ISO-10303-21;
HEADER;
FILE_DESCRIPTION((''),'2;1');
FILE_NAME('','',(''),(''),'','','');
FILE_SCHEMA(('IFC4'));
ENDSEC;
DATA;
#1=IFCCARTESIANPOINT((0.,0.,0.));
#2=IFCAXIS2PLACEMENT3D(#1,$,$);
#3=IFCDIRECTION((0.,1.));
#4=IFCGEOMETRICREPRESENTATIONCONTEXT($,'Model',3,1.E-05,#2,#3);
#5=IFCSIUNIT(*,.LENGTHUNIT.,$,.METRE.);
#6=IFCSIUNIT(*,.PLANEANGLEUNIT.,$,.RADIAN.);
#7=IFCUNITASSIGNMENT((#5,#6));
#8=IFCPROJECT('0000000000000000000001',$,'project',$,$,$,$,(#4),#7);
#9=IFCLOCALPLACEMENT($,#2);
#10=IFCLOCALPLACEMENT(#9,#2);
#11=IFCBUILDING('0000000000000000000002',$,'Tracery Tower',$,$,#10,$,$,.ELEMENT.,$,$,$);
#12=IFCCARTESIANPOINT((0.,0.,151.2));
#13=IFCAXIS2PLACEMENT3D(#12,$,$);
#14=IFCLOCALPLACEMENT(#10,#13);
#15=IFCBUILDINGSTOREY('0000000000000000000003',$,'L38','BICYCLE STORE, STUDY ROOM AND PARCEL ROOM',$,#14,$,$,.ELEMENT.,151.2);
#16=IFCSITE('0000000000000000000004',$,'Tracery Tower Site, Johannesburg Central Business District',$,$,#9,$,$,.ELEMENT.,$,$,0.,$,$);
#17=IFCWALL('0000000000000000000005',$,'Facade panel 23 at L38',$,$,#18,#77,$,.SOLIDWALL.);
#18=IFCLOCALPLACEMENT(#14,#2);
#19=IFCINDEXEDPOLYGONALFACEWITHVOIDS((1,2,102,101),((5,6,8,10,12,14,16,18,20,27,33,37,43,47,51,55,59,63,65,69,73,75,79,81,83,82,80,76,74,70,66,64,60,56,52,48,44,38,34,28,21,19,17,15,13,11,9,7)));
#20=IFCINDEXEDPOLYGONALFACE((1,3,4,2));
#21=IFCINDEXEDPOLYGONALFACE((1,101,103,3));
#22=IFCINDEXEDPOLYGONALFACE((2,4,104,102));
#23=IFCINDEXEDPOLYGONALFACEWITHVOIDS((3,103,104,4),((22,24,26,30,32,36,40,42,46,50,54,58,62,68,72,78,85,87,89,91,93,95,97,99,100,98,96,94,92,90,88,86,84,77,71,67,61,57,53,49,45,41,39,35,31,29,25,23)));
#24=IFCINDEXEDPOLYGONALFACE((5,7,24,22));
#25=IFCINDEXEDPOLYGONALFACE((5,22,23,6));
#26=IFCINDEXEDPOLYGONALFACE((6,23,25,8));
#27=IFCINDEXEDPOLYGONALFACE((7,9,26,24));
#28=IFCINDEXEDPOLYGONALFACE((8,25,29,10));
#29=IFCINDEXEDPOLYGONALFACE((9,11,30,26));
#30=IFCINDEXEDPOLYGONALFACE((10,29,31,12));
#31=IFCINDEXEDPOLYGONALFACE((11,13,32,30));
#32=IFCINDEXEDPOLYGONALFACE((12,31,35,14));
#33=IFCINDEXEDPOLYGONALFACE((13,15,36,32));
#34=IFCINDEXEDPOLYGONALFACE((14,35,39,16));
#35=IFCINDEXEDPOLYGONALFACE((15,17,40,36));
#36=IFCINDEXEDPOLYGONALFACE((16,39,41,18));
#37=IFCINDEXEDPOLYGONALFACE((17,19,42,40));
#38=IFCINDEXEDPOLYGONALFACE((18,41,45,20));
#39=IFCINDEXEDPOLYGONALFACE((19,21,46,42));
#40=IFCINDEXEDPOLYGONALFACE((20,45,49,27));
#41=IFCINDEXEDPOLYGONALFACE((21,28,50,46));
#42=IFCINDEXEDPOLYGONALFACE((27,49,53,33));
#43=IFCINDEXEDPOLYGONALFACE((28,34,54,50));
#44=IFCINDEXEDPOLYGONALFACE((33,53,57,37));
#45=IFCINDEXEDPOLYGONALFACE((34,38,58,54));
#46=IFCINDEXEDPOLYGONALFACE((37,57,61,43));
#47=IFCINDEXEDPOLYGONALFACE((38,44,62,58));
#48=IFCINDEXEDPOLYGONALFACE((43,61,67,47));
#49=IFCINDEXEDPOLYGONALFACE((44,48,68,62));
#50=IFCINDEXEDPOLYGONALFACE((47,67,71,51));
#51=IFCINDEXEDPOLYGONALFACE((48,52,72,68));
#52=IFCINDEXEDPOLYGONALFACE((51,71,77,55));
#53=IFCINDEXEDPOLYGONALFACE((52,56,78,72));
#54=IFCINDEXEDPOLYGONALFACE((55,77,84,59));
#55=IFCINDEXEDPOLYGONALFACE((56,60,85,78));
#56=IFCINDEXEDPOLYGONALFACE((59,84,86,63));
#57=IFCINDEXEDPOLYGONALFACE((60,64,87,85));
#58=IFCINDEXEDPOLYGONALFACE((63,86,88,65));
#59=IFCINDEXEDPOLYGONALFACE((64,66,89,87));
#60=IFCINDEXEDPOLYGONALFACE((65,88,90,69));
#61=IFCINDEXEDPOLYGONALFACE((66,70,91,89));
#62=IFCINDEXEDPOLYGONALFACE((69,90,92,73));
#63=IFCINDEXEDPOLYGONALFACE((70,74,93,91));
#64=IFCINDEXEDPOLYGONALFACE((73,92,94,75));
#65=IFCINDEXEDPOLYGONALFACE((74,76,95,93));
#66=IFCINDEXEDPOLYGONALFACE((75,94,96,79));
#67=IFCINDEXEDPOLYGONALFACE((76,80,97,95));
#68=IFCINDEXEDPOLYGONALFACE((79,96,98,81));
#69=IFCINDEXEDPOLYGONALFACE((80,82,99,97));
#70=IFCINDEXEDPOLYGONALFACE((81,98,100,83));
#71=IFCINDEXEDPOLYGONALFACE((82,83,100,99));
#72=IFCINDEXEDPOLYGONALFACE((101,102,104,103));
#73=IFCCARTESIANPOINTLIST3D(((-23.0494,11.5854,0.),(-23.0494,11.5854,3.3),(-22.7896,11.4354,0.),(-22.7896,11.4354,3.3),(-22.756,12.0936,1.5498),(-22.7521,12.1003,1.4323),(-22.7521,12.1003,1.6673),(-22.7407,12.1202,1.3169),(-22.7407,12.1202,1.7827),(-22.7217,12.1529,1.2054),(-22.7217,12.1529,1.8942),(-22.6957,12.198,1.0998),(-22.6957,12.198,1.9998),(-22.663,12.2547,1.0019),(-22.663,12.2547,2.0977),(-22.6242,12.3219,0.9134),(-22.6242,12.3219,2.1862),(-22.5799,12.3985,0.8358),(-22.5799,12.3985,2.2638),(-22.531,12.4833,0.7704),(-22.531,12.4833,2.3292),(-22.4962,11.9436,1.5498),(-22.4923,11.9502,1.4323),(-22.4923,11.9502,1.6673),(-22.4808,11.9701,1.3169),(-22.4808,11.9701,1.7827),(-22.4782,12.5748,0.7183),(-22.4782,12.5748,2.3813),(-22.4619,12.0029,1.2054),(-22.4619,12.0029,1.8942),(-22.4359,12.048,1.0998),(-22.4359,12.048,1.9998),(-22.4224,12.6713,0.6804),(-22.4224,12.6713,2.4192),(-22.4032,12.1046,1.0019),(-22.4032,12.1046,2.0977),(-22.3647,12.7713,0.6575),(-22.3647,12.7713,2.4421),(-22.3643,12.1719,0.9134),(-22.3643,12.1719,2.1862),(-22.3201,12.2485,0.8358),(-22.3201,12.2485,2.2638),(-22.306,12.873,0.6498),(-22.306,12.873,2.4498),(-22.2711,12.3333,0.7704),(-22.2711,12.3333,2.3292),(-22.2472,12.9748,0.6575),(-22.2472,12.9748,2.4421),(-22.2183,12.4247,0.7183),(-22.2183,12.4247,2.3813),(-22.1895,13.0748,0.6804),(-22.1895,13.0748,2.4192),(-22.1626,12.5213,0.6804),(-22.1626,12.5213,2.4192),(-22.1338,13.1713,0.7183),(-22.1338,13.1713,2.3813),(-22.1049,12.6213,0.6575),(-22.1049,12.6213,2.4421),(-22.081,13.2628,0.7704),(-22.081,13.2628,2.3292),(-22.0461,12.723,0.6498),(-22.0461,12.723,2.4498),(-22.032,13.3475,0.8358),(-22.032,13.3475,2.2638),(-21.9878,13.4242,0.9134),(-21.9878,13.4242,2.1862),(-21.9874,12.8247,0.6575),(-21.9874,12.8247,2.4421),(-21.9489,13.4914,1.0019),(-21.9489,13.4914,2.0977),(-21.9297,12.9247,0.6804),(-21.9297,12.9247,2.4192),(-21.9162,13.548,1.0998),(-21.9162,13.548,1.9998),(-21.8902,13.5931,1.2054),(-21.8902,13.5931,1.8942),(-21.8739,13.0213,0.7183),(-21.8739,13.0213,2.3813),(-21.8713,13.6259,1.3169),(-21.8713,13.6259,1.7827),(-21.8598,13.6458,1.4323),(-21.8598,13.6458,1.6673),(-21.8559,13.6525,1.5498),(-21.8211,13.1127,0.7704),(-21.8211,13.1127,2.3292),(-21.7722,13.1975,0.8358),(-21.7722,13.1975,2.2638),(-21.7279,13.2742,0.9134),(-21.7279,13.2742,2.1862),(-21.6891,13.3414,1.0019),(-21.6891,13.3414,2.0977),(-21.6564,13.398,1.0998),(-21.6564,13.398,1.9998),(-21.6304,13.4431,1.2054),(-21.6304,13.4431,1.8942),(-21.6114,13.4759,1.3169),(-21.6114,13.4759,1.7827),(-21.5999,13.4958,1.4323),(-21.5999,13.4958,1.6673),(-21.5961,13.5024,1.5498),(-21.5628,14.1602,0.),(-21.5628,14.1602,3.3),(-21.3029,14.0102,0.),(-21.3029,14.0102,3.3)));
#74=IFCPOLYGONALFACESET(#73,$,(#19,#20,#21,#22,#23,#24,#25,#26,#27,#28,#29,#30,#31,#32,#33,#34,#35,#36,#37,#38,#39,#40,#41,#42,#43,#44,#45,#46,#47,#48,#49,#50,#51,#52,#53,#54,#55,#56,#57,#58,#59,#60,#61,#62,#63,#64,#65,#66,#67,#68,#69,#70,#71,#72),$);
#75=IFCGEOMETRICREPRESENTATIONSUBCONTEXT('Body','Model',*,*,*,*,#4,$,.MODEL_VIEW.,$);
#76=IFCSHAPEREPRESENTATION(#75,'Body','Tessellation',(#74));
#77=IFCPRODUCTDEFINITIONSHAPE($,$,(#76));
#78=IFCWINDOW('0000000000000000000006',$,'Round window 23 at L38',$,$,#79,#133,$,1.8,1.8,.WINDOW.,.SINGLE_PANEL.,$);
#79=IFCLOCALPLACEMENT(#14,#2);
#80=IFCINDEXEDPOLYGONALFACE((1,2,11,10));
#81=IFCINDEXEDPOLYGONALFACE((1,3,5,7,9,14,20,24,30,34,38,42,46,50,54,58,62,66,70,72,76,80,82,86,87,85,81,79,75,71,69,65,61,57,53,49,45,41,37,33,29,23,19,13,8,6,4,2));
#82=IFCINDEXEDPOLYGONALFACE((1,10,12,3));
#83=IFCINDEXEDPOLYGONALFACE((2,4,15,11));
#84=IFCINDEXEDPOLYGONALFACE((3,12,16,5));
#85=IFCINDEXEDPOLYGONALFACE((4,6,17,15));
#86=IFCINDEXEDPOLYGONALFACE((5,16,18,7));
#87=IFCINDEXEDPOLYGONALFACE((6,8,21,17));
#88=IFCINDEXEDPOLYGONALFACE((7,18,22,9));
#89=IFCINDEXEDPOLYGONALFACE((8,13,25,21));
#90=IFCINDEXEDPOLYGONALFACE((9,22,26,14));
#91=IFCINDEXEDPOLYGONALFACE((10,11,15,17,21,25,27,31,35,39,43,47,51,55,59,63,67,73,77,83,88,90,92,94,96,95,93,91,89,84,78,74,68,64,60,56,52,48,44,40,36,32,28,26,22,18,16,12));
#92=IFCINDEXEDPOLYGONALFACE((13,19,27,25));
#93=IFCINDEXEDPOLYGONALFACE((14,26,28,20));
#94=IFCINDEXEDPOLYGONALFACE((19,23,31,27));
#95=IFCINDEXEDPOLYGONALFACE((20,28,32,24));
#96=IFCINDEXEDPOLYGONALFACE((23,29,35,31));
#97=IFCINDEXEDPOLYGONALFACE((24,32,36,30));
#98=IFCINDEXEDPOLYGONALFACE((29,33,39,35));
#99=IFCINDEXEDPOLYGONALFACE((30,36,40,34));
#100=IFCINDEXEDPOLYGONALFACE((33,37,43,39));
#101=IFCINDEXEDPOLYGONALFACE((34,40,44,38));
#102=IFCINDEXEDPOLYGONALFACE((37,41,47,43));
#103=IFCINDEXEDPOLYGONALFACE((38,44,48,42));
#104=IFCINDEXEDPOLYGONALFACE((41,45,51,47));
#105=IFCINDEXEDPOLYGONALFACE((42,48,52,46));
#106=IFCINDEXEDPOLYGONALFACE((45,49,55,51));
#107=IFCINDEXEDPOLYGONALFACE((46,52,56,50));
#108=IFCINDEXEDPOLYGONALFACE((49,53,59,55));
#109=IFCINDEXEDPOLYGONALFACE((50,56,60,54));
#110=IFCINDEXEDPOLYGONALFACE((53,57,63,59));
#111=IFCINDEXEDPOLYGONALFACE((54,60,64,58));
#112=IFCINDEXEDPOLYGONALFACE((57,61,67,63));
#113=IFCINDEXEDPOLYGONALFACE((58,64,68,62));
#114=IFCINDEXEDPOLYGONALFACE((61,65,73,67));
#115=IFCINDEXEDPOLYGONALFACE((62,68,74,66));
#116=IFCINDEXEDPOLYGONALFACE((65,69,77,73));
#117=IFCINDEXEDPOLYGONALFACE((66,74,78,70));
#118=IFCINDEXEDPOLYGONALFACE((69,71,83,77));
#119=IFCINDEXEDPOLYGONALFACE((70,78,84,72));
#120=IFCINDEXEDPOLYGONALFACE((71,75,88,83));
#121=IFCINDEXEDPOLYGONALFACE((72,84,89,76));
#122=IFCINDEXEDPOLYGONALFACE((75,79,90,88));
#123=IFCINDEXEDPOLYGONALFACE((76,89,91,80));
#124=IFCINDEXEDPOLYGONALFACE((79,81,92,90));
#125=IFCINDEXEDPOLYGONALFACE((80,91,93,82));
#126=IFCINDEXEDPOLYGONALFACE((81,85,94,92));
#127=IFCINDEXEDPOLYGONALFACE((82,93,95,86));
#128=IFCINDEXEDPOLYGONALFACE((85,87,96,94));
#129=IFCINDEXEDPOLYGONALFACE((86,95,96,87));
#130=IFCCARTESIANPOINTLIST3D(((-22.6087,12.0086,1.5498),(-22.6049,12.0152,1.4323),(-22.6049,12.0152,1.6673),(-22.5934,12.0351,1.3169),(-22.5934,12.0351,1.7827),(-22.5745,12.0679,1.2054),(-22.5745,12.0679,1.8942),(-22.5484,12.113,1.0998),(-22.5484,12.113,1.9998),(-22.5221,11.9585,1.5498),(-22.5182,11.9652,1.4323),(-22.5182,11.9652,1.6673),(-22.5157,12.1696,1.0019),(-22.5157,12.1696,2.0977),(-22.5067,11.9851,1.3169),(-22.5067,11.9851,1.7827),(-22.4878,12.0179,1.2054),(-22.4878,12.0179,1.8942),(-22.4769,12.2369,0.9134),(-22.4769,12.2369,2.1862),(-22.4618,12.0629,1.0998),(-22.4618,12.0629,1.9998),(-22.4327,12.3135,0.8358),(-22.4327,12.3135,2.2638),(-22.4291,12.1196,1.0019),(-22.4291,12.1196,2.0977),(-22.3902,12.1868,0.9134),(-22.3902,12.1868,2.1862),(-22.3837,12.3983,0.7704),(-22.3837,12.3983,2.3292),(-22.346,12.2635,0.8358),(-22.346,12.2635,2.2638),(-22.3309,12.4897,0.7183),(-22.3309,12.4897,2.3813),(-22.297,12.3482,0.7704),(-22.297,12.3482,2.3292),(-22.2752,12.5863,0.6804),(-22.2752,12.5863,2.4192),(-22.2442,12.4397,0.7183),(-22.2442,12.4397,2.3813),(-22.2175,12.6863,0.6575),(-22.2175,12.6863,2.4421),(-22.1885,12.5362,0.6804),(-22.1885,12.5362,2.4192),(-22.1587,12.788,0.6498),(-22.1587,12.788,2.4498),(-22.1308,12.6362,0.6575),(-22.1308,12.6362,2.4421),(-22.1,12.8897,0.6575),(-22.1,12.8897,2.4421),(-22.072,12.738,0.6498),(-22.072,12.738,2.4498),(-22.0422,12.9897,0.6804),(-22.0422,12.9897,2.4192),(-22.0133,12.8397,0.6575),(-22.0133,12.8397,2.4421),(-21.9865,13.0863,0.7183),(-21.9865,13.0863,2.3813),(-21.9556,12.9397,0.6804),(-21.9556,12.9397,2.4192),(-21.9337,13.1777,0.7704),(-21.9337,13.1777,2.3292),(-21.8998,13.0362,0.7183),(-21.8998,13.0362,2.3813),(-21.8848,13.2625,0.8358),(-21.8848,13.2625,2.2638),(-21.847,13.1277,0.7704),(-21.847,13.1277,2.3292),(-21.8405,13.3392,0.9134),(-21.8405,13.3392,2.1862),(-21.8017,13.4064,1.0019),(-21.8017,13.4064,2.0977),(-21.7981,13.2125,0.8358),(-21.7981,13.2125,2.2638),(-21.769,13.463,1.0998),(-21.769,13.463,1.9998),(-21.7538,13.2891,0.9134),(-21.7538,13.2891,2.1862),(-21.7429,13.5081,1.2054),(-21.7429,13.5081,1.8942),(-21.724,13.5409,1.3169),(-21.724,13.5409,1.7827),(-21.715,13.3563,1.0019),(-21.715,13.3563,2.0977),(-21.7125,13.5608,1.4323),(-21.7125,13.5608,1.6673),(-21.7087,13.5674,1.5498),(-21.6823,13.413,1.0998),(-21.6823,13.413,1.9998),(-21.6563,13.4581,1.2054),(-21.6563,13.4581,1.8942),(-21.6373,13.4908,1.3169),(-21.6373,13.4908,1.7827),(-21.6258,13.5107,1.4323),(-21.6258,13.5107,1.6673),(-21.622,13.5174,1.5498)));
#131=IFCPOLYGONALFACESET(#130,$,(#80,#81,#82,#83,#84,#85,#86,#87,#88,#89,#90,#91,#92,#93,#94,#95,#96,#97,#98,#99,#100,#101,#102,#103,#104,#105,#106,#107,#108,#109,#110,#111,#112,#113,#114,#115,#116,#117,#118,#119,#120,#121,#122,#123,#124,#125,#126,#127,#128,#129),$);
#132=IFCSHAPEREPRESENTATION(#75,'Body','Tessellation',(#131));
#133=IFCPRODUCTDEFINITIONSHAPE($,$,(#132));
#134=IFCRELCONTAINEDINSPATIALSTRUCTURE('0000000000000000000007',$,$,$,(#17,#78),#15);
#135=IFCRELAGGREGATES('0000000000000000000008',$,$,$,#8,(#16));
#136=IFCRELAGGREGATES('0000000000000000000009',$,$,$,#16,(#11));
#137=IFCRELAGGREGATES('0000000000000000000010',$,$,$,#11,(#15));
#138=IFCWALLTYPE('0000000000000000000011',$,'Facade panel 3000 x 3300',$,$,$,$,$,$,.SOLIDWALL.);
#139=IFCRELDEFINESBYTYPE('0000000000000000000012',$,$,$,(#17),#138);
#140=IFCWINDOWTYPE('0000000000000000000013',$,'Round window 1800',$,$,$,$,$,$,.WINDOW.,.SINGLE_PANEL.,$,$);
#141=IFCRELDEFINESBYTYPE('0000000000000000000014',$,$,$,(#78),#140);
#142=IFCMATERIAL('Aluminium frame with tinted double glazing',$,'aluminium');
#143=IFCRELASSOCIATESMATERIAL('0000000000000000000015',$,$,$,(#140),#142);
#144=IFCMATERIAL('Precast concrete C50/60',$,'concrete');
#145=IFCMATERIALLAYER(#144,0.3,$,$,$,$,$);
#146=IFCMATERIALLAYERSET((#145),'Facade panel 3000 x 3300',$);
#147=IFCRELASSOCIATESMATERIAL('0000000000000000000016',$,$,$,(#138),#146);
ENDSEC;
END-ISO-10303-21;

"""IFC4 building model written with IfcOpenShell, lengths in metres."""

from ifc_helpers import new_model, si_unit, direction, frame, frame_2d, origin, origin_2d, place, context, subcontext, project, spatial, rectangle, circle, extrude, material, layer, layer_set, type_object, element, fill, save


model = new_model("IFC4")

# Units and contexts
model_context = context("Model", 3, precision=1e-05, world=origin(), true_north=direction((0.0, 1.0)))
body_context = subcontext(model_context, "Body", "Model", "MODEL_VIEW")
ifc_project = project(units=[si_unit("LENGTHUNIT", "METRE"), si_unit("PLANEANGLEUNIT", "RADIAN")], contexts=[model_context])

# Site, building, storey
site_placement = place(None, origin())
site = spatial("IfcSite", under=ifc_project, at=site_placement, Name="Tracery Tower Site, Johannesburg Central Business District", CompositionType="ELEMENT", RefElevation=0.0)
building_placement = place(site_placement, origin())
building = spatial("IfcBuilding", under=site, at=building_placement, Name="Tracery Tower", CompositionType="ELEMENT")
storey_placement = place(building_placement, frame((0.0, 0.0, 151.2)))
storey = spatial("IfcBuildingStorey", under=building, at=storey_placement, Name="L38", Description="BICYCLE STORE, STUDY ROOM AND PARCEL ROOM", CompositionType="ELEMENT", Elevation=151.2)

# Wall, opening, window
ifc_material_1 = material(Name="Aluminium frame with tinted double glazing", Category="aluminium")
window_type = type_object("IfcWindowType", Name="Round window 1800", PartitioningType="SINGLE_PANEL", PredefinedType="WINDOW", material=ifc_material_1)
ifc_material_2 = material(Name="Precast concrete C50/60", Category="concrete")
ifc_layer_1 = layer(ifc_material_2, 0.3)
ifc_layer_set_1 = layer_set([ifc_layer_1], Name="Facade panel 3000 x 3300")
wall_type_1 = type_object("IfcWallType", Name="Facade panel 3000 x 3300", PredefinedType="SOLIDWALL", material=ifc_layer_set_1)
wall_1_placement = place(storey_placement, frame((-21.4329, 14.0852, 0.0), z_axis=(0.0, 0.0, 1.0), x_axis=(-0.500016, -0.866016, 0.0)))
wall_1 = element("IfcWall", 1, at=wall_1_placement, inside=storey, type_object=wall_type_1, Name="Facade panel 23 at L38", PredefinedType="SOLIDWALL", context=body_context, shape_type="SweptSolid", body=[
    extrude(rectangle(XDim=2.9731, YDim=0.3, at=frame_2d((1.4866, 0.0))), origin(), (0.0, 0.0, 1.0), 3.3),
])
opening_1_placement = place(wall_1_placement, frame((1.4863, 0.0, 1.5498)))
opening_1 = element("IfcOpeningElement", 2, at=opening_1_placement, cuts=wall_1, PredefinedType="OPENING", context=body_context, shape_type="SweptSolid", body=[
    extrude(circle(Radius=0.9, at=origin_2d()), frame((0.0, 0.1599, 0.0), z_axis=(0.0, -1.0, 0.0), x_axis=(1.0, 0.0, 0.0)), (0.0, 0.0, 1.0), 0.3201),
])
window_1_placement = place(opening_1_placement, origin())
window_1 = element("IfcWindow", 3, at=window_1_placement, inside=storey, type_object=window_type, Name="Round window 23 at L38", OverallHeight=1.8, OverallWidth=1.8, PartitioningType="SINGLE_PANEL", PredefinedType="WINDOW", context=body_context, shape_type="SweptSolid", body=[
    extrude(circle(Radius=0.9, at=origin_2d()), frame((0.0, 0.1201, 0.0), z_axis=(0.0, -1.0, 0.0), x_axis=(1.0, 0.0, 0.0)), (0.0, 0.0, 1.0), 0.1001),
])
fill(opening_1, window_1)

save(model, "model.ifc")
